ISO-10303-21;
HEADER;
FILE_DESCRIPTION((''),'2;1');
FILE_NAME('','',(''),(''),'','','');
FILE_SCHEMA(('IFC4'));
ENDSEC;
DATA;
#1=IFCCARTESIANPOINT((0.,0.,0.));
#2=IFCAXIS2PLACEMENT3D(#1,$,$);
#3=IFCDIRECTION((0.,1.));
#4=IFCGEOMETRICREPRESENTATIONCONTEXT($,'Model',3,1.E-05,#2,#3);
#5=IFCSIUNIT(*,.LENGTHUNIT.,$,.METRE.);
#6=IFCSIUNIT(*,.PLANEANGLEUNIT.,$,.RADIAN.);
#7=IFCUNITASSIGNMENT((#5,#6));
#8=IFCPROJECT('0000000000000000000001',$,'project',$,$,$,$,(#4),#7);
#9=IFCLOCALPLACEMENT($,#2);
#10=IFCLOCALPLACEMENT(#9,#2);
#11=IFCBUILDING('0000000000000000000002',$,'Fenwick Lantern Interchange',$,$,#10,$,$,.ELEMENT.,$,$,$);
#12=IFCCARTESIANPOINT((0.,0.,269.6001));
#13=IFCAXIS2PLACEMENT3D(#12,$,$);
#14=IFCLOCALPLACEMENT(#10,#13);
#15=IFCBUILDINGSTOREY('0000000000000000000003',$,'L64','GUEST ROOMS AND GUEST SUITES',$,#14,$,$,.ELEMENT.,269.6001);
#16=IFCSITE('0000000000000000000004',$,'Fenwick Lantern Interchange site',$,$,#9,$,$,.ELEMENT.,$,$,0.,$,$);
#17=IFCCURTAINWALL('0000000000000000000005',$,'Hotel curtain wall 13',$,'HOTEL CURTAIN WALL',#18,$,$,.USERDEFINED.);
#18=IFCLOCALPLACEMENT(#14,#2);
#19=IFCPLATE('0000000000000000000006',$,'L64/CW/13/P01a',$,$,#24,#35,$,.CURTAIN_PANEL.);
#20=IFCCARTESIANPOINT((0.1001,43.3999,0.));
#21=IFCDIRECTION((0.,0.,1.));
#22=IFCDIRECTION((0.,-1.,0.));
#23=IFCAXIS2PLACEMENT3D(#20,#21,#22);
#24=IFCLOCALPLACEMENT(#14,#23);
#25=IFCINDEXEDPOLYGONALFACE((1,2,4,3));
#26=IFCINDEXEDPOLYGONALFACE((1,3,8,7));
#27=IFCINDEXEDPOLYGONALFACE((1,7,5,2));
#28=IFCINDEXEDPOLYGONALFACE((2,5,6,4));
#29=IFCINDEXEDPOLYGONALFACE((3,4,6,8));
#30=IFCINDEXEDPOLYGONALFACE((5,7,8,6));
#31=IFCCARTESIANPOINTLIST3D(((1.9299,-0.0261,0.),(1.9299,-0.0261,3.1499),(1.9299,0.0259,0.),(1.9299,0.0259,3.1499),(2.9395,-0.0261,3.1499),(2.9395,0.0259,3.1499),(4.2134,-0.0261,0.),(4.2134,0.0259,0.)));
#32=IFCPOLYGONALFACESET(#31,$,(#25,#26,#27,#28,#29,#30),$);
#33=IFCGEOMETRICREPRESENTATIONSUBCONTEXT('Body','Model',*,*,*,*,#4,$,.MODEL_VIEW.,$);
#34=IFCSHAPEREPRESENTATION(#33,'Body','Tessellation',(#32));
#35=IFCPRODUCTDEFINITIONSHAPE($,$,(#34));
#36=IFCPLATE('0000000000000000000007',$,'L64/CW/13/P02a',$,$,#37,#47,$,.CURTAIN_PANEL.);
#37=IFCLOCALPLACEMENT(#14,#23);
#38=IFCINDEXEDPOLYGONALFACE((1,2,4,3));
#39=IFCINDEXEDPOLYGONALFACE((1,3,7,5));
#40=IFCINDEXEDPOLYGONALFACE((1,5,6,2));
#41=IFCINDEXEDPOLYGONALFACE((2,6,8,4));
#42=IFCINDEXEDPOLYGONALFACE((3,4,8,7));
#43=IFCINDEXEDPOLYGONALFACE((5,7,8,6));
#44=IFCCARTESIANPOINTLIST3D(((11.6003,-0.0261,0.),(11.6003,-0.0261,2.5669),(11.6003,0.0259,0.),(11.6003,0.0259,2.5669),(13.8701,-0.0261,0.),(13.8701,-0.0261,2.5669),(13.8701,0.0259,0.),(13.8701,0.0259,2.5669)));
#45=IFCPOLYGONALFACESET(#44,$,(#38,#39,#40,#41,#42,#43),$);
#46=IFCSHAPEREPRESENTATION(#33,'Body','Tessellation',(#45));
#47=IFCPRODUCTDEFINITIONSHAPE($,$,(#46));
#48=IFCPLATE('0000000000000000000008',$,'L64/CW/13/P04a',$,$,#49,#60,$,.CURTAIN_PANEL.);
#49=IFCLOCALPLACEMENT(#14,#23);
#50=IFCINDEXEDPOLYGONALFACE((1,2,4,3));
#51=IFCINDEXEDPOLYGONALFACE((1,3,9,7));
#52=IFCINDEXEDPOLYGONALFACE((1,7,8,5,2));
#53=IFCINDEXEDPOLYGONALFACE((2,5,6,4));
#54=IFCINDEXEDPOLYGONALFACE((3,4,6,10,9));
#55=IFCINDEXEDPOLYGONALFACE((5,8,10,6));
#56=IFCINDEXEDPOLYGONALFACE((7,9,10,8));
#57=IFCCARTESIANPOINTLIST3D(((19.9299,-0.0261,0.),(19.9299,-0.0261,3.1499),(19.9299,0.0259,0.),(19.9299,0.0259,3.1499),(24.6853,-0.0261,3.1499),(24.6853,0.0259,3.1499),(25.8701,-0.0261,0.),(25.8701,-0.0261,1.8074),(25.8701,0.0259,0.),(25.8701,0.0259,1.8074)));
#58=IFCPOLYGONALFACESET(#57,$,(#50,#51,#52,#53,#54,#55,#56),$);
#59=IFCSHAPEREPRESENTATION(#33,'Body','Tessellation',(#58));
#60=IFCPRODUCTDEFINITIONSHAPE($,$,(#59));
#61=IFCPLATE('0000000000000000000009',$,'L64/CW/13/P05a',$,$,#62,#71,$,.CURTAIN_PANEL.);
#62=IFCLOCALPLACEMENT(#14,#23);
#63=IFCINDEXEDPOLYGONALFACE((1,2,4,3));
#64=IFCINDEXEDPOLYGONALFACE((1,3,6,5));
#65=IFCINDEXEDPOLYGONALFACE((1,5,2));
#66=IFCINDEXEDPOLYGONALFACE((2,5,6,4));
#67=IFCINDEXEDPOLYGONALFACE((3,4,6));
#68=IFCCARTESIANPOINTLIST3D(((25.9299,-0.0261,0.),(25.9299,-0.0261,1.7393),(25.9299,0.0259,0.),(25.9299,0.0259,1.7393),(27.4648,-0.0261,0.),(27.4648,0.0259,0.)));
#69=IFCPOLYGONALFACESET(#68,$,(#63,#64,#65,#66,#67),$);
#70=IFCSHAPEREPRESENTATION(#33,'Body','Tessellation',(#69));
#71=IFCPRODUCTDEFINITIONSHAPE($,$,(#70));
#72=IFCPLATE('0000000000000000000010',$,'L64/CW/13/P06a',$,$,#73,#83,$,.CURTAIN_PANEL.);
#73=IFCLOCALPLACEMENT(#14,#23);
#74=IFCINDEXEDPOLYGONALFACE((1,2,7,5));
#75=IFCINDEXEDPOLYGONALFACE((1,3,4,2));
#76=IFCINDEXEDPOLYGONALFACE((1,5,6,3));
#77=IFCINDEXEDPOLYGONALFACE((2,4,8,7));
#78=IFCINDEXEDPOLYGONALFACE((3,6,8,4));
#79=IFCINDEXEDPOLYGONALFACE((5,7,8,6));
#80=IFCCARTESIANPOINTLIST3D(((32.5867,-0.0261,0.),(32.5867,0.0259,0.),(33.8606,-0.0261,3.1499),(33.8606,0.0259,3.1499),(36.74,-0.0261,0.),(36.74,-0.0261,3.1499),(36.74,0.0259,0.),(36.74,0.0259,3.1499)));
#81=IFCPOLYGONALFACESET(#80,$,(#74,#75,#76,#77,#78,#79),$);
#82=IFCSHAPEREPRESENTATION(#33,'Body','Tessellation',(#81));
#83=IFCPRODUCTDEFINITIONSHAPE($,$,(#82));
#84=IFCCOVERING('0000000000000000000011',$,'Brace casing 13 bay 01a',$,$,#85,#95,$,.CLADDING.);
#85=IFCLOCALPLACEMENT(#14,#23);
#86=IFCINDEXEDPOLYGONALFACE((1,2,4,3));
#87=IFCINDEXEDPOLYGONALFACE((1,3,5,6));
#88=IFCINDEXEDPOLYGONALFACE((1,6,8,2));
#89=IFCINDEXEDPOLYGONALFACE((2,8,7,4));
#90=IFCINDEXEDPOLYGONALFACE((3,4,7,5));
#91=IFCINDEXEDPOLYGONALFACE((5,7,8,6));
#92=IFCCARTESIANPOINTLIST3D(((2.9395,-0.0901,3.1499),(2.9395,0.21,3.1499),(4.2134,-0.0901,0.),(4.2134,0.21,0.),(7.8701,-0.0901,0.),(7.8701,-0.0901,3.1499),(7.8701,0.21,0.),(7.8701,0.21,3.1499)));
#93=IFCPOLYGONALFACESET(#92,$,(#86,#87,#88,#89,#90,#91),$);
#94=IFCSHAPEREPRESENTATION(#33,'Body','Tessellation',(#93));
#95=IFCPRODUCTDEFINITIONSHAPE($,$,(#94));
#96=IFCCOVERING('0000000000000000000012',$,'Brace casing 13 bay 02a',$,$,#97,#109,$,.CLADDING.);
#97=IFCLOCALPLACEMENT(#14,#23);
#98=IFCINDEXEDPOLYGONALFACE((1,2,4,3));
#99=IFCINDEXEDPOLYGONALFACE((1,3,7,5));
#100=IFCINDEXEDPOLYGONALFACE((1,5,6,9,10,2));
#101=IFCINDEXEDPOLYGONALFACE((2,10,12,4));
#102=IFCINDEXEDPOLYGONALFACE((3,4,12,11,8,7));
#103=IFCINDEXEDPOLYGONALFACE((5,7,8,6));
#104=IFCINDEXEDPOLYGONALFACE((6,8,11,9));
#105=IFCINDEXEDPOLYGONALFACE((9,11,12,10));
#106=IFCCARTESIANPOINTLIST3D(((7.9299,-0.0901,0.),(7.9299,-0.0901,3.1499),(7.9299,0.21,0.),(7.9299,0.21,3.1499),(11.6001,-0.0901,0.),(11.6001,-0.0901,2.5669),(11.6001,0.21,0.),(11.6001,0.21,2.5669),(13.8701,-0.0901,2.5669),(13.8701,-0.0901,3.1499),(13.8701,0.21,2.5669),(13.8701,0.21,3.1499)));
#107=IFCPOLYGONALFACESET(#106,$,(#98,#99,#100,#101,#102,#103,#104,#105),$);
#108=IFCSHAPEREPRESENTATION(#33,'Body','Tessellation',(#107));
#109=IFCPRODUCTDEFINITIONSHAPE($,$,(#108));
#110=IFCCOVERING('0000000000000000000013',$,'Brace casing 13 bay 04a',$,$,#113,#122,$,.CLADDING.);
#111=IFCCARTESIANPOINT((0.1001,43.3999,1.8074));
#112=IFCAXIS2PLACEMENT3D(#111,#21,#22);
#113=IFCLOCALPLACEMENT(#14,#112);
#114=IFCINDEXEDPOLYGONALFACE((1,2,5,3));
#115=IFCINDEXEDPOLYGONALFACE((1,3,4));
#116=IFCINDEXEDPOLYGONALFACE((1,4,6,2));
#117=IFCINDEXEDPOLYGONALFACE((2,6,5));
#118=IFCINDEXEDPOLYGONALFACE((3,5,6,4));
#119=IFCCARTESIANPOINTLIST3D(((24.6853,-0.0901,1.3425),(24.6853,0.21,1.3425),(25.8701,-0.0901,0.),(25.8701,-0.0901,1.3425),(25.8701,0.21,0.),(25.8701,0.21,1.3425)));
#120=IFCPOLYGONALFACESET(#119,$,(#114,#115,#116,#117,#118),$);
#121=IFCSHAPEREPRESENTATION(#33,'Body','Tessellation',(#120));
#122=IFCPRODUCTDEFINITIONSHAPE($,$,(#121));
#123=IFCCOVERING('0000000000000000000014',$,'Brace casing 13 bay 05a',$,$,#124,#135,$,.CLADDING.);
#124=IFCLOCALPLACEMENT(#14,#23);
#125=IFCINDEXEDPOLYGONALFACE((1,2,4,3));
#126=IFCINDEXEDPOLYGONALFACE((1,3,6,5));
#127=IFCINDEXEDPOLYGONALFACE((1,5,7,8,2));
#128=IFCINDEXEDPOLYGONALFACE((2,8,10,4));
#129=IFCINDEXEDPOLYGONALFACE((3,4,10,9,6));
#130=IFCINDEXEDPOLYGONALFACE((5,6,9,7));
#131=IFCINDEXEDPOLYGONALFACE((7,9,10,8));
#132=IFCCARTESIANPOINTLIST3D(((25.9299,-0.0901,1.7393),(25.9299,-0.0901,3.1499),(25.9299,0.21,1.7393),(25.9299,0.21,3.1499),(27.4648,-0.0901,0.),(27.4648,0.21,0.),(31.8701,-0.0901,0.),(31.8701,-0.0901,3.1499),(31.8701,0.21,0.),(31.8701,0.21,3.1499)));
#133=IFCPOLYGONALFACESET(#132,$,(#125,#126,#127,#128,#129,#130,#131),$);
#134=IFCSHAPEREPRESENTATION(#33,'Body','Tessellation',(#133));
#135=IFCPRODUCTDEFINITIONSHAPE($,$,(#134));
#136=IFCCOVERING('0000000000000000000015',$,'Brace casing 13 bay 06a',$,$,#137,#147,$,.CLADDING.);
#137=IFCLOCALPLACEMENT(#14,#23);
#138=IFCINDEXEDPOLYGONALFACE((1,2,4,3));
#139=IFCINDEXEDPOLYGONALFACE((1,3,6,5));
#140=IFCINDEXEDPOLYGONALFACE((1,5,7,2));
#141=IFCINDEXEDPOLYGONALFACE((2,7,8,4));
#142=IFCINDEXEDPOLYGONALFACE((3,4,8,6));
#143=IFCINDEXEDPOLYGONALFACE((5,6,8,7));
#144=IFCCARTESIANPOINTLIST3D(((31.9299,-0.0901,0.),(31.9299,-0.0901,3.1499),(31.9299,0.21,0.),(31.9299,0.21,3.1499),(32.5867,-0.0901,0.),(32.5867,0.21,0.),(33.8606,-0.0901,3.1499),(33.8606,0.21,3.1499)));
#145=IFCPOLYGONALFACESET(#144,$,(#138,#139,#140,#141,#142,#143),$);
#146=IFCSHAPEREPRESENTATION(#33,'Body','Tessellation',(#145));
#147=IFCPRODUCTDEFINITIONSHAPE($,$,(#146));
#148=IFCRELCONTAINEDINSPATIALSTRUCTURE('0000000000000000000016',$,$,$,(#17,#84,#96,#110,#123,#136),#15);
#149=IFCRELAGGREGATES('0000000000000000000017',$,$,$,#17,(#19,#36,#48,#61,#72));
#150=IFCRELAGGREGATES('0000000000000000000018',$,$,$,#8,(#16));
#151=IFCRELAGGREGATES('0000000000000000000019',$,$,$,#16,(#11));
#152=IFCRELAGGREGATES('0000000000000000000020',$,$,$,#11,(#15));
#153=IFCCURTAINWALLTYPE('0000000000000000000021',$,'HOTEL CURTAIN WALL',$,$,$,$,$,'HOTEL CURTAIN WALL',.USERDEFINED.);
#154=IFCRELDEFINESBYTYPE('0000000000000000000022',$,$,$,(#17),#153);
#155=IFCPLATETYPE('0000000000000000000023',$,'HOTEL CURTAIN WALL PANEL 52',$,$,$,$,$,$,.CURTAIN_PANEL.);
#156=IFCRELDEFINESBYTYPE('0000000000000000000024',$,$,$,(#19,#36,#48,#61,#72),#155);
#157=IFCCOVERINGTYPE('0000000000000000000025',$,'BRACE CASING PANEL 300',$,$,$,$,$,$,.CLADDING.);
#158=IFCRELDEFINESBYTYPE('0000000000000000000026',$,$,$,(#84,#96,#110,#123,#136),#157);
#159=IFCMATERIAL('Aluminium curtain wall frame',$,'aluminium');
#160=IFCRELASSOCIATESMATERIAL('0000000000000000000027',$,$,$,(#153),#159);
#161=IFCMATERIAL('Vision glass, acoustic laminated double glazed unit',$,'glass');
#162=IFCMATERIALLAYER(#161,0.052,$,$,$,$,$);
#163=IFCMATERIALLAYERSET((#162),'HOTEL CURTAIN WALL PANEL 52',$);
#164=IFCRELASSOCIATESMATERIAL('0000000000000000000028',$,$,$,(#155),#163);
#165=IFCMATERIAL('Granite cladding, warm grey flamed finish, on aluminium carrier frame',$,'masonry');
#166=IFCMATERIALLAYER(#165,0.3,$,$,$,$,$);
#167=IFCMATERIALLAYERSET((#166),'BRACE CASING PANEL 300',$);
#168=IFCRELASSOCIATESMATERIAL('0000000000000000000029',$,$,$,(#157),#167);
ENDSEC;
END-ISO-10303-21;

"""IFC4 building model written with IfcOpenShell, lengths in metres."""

from ifc_helpers import new_model, si_unit, direction, frame, origin, place, context, subcontext, project, spatial, polyline, outline, extrude, material, layer, layer_set, type_object, element, aggregate, save


model = new_model("IFC4")

# Units and contexts
model_context = context("Model", 3, precision=1e-05, world=origin(), true_north=direction((0.0, 1.0)))
body_context = subcontext(model_context, "Body", "Model", "MODEL_VIEW")
ifc_project = project(units=[si_unit("LENGTHUNIT", "METRE"), si_unit("PLANEANGLEUNIT", "RADIAN")], contexts=[model_context])

# Site, building, storey
site_placement = place(None, origin())
site = spatial("IfcSite", under=ifc_project, at=site_placement, Name="Fenwick Lantern Interchange site", CompositionType="ELEMENT", RefElevation=0.0)
building_placement = place(site_placement, origin())
building = spatial("IfcBuilding", under=site, at=building_placement, Name="Fenwick Lantern Interchange", CompositionType="ELEMENT")
storey_placement = place(building_placement, frame((0.0, 0.0, 269.6001)))
storey = spatial("IfcBuildingStorey", under=building, at=storey_placement, Name="L64", Description="GUEST ROOMS AND GUEST SUITES", CompositionType="ELEMENT", Elevation=269.6001)

# Shared definitions
ifc_material_1 = material(Name="Aluminium curtain wall frame", Category="aluminium")
curtain_wall_type = type_object("IfcCurtainWallType", Name="HOTEL CURTAIN WALL", ElementType="HOTEL CURTAIN WALL", PredefinedType="USERDEFINED", material=ifc_material_1)

# Curtain wall
curtain_wall_1_placement = place(storey_placement, origin())
curtain_wall_1 = element("IfcCurtainWall", 1, at=curtain_wall_1_placement, inside=storey, type_object=curtain_wall_type, Name="Hotel curtain wall 13", ObjectType="HOTEL CURTAIN WALL", PredefinedType="USERDEFINED")

# Plates
ifc_material_2 = material(Name="Vision glass, acoustic laminated double glazed unit", Category="glass")
ifc_layer_1 = layer(ifc_material_2, 0.052)
ifc_layer_set_1 = layer_set([ifc_layer_1], Name="HOTEL CURTAIN WALL PANEL 52")
plate_type = type_object("IfcPlateType", Name="HOTEL CURTAIN WALL PANEL 52", PredefinedType="CURTAIN_PANEL", material=ifc_layer_set_1)
plate_1_placement = place(storey_placement, frame((0.1001, 43.3999, 0.0), z_axis=(0.0, 0.0, 1.0), x_axis=(0.0, -1.0, 0.0)))
plate_1 = element("IfcPlate", 2, at=plate_1_placement, type_object=plate_type, Name="L64/CW/13/P01a", PredefinedType="CURTAIN_PANEL", context=body_context, shape_type="SweptSolid", body=[
    extrude(outline(polyline([(1.9299, 0.0), (4.2134, 0.0), (2.9395, 3.1499), (1.9299, 3.1499), (1.9299, 0.0)])), frame((0.0, 0.0259, 0.0), z_axis=(0.0, -1.0, 0.0), x_axis=(1.0, 0.0, 0.0)), (0.0, 0.0, 1.0), 0.052),
])
plate_2_placement = place(storey_placement, frame((0.1001, 43.3999, 0.0), z_axis=(0.0, 0.0, 1.0), x_axis=(0.0, -1.0, 0.0)))
plate_2 = element("IfcPlate", 3, at=plate_2_placement, type_object=plate_type, Name="L64/CW/13/P02a", PredefinedType="CURTAIN_PANEL", context=body_context, shape_type="SweptSolid", body=[
    extrude(outline(polyline([(11.6003, 0.0), (13.8701, 0.0), (13.8701, 2.5669), (11.6003, 2.5669), (11.6003, 0.0)])), frame((0.0, 0.0259, 0.0), z_axis=(0.0, -1.0, 0.0), x_axis=(1.0, 0.0, 0.0)), (0.0, 0.0, 1.0), 0.052),
])
plate_3_placement = place(storey_placement, frame((0.1001, 43.3999, 0.0), z_axis=(0.0, 0.0, 1.0), x_axis=(0.0, -1.0, 0.0)))
plate_3 = element("IfcPlate", 4, at=plate_3_placement, type_object=plate_type, Name="L64/CW/13/P04a", PredefinedType="CURTAIN_PANEL", context=body_context, shape_type="SweptSolid", body=[
    extrude(outline(polyline([(19.9299, 0.0), (25.8701, 0.0), (25.8701, 1.8074), (24.6853, 3.1499), (19.9299, 3.1499), (19.9299, 0.0)])), frame((0.0, 0.0259, 0.0), z_axis=(0.0, -1.0, 0.0), x_axis=(1.0, 0.0, 0.0)), (0.0, 0.0, 1.0), 0.052),
])
plate_4_placement = place(storey_placement, frame((0.1001, 43.3999, 0.0), z_axis=(0.0, 0.0, 1.0), x_axis=(0.0, -1.0, 0.0)))
plate_4 = element("IfcPlate", 5, at=plate_4_placement, type_object=plate_type, Name="L64/CW/13/P05a", PredefinedType="CURTAIN_PANEL", context=body_context, shape_type="SweptSolid", body=[
    extrude(outline(polyline([(25.9299, 0.0), (27.4648, 0.0), (25.9299, 1.7393), (25.9299, 0.0)])), frame((0.0, 0.0259, 0.0), z_axis=(0.0, -1.0, 0.0), x_axis=(1.0, 0.0, 0.0)), (0.0, 0.0, 1.0), 0.052),
])
plate_5_placement = place(storey_placement, frame((0.1001, 43.3999, 0.0), z_axis=(0.0, 0.0, 1.0), x_axis=(0.0, -1.0, 0.0)))
plate_5 = element("IfcPlate", 6, at=plate_5_placement, type_object=plate_type, Name="L64/CW/13/P06a", PredefinedType="CURTAIN_PANEL", context=body_context, shape_type="SweptSolid", body=[
    extrude(outline(polyline([(32.5867, 0.0), (36.74, 0.0), (36.74, 3.1499), (33.8606, 3.1499), (32.5867, 0.0)])), frame((0.0, 0.0259, 0.0), z_axis=(0.0, -1.0, 0.0), x_axis=(1.0, 0.0, 0.0)), (0.0, 0.0, 1.0), 0.052),
])
aggregate(curtain_wall_1, [plate_1, plate_2, plate_3, plate_4, plate_5])

# Coverings
ifc_material_3 = material(Name="Granite cladding, warm grey flamed finish, on aluminium carrier frame", Category="masonry")
ifc_layer_2 = layer(ifc_material_3, 0.3)
ifc_layer_set_2 = layer_set([ifc_layer_2], Name="BRACE CASING PANEL 300")
covering_type = type_object("IfcCoveringType", Name="BRACE CASING PANEL 300", PredefinedType="CLADDING", material=ifc_layer_set_2)
covering_1_placement = place(storey_placement, frame((0.1001, 43.3999, 0.0), z_axis=(0.0, 0.0, 1.0), x_axis=(0.0, -1.0, 0.0)))
element("IfcCovering", 7, at=covering_1_placement, inside=storey, type_object=covering_type, Name="Brace casing 13 bay 01a", PredefinedType="CLADDING", context=body_context, shape_type="SweptSolid", body=[
    extrude(outline(polyline([(4.2134, 0.0), (7.8701, 0.0), (7.8701, 3.1499), (2.9395, 3.1499), (4.2134, 0.0)])), frame((0.0, 0.21, 0.0), z_axis=(0.0, -1.0, 0.0), x_axis=(1.0, 0.0, 0.0)), (0.0, 0.0, 1.0), 0.3),
])
covering_2_placement = place(storey_placement, frame((0.1001, 43.3999, 0.0), z_axis=(0.0, 0.0, 1.0), x_axis=(0.0, -1.0, 0.0)))
element("IfcCovering", 8, at=covering_2_placement, inside=storey, type_object=covering_type, Name="Brace casing 13 bay 02a", PredefinedType="CLADDING", context=body_context, shape_type="SweptSolid", body=[
    extrude(outline(polyline([(7.9299, 0.0), (11.6001, 0.0), (11.6001, 2.5669), (13.8701, 2.5669), (13.8701, 3.1499), (7.9299, 3.1499), (7.9299, 0.0)])), frame((0.0, 0.21, 0.0), z_axis=(0.0, -1.0, 0.0), x_axis=(1.0, 0.0, 0.0)), (0.0, 0.0, 1.0), 0.3),
])
covering_3_placement = place(storey_placement, frame((0.1001, 43.3999, 1.8074), z_axis=(0.0, 0.0, 1.0), x_axis=(0.0, -1.0, 0.0)))
element("IfcCovering", 9, at=covering_3_placement, inside=storey, type_object=covering_type, Name="Brace casing 13 bay 04a", PredefinedType="CLADDING", context=body_context, shape_type="SweptSolid", body=[
    extrude(outline(polyline([(25.8701, 0.0), (25.8701, 1.3425), (24.6853, 1.3425), (25.8701, 0.0)])), frame((0.0, 0.21, 0.0), z_axis=(0.0, -1.0, 0.0), x_axis=(1.0, 0.0, 0.0)), (0.0, 0.0, 1.0), 0.3),
])
covering_4_placement = place(storey_placement, frame((0.1001, 43.3999, 0.0), z_axis=(0.0, 0.0, 1.0), x_axis=(0.0, -1.0, 0.0)))
element("IfcCovering", 10, at=covering_4_placement, inside=storey, type_object=covering_type, Name="Brace casing 13 bay 05a", PredefinedType="CLADDING", context=body_context, shape_type="SweptSolid", body=[
    extrude(outline(polyline([(27.4648, 0.0), (31.8701, 0.0), (31.8701, 3.1499), (25.9299, 3.1499), (25.9299, 1.7393), (27.4648, 0.0)])), frame((0.0, 0.21, 0.0), z_axis=(0.0, -1.0, 0.0), x_axis=(1.0, 0.0, 0.0)), (0.0, 0.0, 1.0), 0.3),
])
covering_5_placement = place(storey_placement, frame((0.1001, 43.3999, 0.0), z_axis=(0.0, 0.0, 1.0), x_axis=(0.0, -1.0, 0.0)))
element("IfcCovering", 11, at=covering_5_placement, inside=storey, type_object=covering_type, Name="Brace casing 13 bay 06a", PredefinedType="CLADDING", context=body_context, shape_type="SweptSolid", body=[
    extrude(outline(polyline([(31.9299, 0.0), (32.5867, 0.0), (33.8606, 3.1499), (31.9299, 3.1499), (31.9299, 0.0)])), frame((0.0, 0.21, 0.0), z_axis=(0.0, -1.0, 0.0), x_axis=(1.0, 0.0, 0.0)), (0.0, 0.0, 1.0), 0.3),
])

save(model, "model.ifc")
